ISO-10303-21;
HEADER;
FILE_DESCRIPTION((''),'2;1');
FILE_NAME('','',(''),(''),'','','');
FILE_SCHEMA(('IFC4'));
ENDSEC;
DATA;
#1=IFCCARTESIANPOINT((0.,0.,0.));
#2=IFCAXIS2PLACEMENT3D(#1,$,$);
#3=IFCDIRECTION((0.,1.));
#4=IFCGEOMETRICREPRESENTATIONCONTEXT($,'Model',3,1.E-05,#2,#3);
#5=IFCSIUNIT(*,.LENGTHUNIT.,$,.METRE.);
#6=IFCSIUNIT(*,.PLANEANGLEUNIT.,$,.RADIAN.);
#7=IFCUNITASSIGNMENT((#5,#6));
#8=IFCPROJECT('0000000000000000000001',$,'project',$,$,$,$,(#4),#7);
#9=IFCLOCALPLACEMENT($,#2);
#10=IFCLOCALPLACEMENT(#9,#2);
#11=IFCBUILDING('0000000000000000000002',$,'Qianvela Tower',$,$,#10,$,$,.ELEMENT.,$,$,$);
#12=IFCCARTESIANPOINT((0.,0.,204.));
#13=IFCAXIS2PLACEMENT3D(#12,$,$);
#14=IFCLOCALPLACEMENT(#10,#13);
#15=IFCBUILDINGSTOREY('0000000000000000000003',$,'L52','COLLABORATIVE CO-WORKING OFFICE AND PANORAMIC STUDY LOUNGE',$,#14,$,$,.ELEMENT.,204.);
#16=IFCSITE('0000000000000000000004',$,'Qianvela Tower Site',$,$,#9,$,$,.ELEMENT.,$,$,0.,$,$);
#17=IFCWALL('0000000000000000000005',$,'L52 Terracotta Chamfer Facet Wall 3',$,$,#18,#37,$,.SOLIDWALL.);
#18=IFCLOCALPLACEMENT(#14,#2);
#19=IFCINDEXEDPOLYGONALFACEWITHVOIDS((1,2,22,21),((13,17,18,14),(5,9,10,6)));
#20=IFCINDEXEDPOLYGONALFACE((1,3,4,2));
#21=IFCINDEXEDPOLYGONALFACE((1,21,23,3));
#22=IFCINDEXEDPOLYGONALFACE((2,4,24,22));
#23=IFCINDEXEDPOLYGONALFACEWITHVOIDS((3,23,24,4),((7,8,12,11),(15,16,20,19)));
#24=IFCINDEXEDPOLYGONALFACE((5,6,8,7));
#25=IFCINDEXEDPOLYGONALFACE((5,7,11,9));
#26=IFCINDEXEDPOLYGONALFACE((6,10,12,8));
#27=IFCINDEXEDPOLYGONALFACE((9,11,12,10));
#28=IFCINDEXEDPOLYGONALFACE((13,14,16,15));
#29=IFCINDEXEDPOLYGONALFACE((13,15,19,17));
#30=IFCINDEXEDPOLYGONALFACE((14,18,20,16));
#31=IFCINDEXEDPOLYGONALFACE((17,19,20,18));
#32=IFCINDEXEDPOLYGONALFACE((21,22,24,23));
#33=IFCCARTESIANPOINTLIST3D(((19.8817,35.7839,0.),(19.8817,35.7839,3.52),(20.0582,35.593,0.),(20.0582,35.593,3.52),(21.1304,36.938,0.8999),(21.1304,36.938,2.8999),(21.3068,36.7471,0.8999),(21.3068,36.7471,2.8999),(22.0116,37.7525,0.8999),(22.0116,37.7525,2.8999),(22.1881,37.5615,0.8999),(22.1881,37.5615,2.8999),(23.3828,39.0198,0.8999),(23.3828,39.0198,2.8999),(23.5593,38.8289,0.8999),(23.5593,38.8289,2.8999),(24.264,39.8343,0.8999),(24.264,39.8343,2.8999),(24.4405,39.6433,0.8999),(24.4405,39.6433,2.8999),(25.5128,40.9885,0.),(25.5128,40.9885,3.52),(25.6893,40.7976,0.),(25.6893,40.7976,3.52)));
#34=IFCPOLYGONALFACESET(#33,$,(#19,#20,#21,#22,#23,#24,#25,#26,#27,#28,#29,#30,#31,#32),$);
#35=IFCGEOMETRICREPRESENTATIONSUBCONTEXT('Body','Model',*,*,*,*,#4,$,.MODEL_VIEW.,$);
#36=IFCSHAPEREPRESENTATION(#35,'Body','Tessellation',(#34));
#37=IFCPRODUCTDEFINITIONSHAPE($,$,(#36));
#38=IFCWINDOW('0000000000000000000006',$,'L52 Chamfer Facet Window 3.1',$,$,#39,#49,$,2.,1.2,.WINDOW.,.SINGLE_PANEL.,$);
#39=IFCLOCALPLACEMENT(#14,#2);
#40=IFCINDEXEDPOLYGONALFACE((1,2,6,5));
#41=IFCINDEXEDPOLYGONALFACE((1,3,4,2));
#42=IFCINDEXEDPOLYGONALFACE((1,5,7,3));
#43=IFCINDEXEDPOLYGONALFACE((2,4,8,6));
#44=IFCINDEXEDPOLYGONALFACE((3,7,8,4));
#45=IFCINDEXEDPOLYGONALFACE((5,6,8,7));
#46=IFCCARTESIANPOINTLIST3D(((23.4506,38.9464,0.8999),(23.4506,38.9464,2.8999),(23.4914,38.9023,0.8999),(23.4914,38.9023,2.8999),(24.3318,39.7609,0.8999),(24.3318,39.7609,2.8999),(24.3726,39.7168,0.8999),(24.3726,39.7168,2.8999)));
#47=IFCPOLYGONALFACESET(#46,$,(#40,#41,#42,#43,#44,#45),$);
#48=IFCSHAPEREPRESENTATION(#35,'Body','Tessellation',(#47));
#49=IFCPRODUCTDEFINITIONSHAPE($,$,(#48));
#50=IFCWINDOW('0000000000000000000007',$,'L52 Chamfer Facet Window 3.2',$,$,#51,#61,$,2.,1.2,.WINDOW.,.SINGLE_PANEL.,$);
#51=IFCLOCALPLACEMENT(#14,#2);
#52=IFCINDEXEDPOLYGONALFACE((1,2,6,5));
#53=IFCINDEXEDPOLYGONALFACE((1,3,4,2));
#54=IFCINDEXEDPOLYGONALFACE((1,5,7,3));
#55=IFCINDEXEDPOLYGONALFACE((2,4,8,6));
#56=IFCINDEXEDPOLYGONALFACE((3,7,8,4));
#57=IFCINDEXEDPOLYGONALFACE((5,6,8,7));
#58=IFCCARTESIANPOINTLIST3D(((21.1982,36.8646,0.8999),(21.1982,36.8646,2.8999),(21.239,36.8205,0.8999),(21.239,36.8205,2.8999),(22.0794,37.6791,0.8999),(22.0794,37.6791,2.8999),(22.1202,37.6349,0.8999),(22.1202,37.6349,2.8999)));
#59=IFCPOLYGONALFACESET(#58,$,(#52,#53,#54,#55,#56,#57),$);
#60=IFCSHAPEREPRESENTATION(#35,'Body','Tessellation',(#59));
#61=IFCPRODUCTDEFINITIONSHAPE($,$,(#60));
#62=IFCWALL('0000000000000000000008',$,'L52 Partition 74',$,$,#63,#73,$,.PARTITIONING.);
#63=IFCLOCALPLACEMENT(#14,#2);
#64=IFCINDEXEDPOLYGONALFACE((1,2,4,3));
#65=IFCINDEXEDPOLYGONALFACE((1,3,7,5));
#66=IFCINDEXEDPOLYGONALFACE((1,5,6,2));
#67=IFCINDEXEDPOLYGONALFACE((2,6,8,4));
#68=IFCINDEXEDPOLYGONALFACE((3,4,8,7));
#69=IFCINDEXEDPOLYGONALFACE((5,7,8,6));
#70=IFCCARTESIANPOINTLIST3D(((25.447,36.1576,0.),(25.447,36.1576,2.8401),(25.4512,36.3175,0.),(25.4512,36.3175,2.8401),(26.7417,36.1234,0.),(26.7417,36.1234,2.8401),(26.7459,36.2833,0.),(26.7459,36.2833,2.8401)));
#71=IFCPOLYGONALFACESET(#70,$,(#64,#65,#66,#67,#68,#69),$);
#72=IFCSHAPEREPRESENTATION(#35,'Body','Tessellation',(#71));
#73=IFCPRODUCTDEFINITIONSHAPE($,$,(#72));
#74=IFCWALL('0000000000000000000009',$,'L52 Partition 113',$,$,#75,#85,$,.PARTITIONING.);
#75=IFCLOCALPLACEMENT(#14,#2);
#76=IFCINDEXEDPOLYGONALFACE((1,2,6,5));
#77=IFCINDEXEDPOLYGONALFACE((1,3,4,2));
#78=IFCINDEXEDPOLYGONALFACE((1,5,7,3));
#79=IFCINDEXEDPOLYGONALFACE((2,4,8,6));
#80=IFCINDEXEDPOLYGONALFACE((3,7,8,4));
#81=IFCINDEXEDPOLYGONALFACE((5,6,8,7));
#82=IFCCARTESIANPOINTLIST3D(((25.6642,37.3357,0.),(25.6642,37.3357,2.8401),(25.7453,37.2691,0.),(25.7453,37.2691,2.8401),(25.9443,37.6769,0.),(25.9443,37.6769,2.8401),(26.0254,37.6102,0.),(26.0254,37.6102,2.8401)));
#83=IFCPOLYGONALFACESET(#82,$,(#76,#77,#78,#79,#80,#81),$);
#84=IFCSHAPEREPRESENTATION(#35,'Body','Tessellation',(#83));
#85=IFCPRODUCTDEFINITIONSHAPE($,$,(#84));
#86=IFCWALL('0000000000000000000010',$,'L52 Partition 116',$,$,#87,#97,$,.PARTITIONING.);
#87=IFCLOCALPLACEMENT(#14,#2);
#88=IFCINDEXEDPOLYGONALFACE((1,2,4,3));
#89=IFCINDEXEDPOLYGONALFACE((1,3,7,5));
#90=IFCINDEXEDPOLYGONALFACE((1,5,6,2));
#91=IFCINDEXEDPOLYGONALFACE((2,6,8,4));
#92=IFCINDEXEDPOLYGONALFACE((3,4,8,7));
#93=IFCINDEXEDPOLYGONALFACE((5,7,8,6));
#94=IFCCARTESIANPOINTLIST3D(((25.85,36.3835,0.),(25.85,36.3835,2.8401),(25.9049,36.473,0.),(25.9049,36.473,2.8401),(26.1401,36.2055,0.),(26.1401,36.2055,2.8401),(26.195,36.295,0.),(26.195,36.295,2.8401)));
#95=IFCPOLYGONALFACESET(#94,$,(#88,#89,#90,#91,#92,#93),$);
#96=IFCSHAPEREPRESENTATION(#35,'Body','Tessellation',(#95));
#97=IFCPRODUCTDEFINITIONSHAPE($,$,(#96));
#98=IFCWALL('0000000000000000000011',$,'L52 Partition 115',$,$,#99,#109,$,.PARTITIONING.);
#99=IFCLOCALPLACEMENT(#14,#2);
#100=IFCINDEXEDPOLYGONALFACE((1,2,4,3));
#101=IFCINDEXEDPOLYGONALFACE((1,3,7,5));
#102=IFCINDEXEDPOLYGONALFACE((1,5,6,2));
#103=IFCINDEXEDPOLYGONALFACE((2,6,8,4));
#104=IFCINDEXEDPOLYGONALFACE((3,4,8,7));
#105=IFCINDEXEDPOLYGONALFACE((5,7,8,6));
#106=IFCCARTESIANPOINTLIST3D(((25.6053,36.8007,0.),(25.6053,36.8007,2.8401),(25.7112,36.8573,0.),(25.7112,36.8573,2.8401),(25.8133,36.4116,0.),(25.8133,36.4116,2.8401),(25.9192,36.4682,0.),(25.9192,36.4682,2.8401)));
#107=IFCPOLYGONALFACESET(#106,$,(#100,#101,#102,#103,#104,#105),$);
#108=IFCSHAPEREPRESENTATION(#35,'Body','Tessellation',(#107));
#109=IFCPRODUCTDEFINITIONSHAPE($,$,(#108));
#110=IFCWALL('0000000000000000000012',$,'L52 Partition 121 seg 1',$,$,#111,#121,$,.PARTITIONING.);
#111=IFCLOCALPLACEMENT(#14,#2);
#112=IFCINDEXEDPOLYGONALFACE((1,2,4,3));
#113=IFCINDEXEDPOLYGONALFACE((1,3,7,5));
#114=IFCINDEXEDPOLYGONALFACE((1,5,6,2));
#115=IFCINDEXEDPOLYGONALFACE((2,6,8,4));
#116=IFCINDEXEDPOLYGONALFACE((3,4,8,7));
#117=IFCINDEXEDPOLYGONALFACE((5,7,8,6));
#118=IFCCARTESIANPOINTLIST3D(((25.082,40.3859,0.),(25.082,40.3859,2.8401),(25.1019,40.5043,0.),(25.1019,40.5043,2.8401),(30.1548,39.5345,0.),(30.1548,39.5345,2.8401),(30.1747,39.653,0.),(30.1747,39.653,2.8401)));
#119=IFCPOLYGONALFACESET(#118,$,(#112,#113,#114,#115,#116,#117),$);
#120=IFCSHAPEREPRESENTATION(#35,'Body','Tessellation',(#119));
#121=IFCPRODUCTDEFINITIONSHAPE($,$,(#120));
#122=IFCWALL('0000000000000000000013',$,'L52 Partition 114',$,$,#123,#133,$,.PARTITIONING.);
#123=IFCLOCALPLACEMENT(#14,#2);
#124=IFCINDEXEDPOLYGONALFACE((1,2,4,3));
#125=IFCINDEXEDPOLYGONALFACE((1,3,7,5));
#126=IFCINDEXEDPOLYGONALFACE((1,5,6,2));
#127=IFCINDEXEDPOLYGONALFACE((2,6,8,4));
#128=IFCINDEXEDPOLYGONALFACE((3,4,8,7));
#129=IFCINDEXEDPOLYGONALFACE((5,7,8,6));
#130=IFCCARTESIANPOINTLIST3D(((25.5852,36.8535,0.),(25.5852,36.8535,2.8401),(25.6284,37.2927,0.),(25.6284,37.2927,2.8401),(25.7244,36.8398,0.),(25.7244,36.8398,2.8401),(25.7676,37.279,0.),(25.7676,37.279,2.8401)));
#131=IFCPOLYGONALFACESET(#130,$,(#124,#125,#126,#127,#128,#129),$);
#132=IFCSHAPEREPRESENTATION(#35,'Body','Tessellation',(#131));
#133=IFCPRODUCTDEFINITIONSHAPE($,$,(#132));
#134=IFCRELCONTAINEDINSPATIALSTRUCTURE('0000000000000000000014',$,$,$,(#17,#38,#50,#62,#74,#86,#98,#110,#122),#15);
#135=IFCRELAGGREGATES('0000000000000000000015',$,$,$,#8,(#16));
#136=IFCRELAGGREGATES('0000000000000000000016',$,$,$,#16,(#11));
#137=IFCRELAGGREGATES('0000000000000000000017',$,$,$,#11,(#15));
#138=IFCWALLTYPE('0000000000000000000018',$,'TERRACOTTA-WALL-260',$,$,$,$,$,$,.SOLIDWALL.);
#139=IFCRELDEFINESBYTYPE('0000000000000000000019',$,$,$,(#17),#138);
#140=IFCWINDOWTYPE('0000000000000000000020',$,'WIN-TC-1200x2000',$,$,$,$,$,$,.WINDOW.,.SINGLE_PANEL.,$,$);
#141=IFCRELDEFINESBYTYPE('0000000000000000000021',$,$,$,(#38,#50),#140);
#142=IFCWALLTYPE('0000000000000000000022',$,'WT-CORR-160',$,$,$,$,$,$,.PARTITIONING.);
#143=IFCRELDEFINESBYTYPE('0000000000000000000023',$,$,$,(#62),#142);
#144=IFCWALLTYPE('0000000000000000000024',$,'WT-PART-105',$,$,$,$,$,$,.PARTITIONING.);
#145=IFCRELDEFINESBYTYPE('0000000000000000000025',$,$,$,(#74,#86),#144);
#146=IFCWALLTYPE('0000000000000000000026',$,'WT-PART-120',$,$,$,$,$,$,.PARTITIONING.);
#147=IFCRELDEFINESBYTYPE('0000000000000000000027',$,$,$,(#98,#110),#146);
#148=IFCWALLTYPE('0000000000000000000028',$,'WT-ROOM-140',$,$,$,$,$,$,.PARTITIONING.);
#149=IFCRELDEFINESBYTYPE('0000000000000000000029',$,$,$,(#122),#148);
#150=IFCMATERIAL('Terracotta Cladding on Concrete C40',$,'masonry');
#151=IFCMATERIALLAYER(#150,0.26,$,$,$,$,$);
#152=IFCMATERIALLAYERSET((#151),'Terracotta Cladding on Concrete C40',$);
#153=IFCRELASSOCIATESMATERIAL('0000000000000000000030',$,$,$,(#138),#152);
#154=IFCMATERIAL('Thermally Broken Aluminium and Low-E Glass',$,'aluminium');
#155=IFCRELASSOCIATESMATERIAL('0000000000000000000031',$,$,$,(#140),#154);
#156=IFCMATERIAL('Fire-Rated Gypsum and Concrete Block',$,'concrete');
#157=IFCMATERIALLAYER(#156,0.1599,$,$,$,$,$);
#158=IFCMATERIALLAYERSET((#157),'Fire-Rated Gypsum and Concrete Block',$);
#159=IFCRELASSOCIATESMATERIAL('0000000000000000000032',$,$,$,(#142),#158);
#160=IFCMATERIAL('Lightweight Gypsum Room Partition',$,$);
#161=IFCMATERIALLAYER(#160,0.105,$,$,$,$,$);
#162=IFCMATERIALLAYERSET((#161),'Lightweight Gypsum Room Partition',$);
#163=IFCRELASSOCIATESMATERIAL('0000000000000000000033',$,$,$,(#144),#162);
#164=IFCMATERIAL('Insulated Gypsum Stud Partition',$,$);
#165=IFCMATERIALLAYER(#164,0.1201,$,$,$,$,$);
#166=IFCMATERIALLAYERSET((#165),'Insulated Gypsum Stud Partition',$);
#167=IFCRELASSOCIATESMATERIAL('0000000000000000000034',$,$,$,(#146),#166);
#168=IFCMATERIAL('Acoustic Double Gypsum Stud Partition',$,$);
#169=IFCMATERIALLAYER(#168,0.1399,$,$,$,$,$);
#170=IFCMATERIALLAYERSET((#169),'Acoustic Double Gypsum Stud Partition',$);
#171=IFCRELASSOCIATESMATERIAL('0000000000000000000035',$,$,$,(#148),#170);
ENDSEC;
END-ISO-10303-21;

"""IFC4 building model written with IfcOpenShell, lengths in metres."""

from ifc_helpers import new_model, si_unit, direction, frame, frame_2d, origin, place, context, subcontext, project, spatial, rectangle, extrude, material, layer, layer_set, type_object, element, fill, save


model = new_model("IFC4")

# Units and contexts
model_context = context("Model", 3, precision=1e-05, world=origin(), true_north=direction((0.0, 1.0)))
body_context = subcontext(model_context, "Body", "Model", "MODEL_VIEW")
ifc_project = project(units=[si_unit("LENGTHUNIT", "METRE"), si_unit("PLANEANGLEUNIT", "RADIAN")], contexts=[model_context])

# Site, building, storey
site_placement = place(None, origin())
site = spatial("IfcSite", under=ifc_project, at=site_placement, Name="Qianvela Tower Site", CompositionType="ELEMENT", RefElevation=0.0)
building_placement = place(site_placement, origin())
building = spatial("IfcBuilding", under=site, at=building_placement, Name="Qianvela Tower", CompositionType="ELEMENT")
storey_placement = place(building_placement, frame((0.0, 0.0, 204.0)))
storey = spatial("IfcBuildingStorey", under=building, at=storey_placement, Name="L52", Description="COLLABORATIVE CO-WORKING OFFICE AND PANORAMIC STUDY LOUNGE", CompositionType="ELEMENT", Elevation=204.0)

# Wall, openings, windows
ifc_material_1 = material(Name="Terracotta Cladding on Concrete C40", Category="masonry")
ifc_layer_1 = layer(ifc_material_1, 0.26)
ifc_layer_set_1 = layer_set([ifc_layer_1], Name="Terracotta Cladding on Concrete C40")
wall_type_1 = type_object("IfcWallType", Name="TERRACOTTA-WALL-260", PredefinedType="SOLIDWALL", material=ifc_layer_set_1)
wall_1_placement = place(storey_placement, frame((25.6011, 40.8931, 0.0), z_axis=(0.0, 0.0, 1.0), x_axis=(-0.734371, -0.678748, 0.0)))
wall_1 = element("IfcWall", 1, at=wall_1_placement, inside=storey, type_object=wall_type_1, Name="L52 Terracotta Chamfer Facet Wall 3", PredefinedType="SOLIDWALL", context=body_context, shape_type="SweptSolid", body=[
    extrude(rectangle(XDim=7.668, YDim=0.26, at=frame_2d((3.834, 0.0))), origin(), (0.0, 0.0, 1.0), 3.52),
])
opening_1_placement = place(wall_1_placement, frame((1.7004, 0.0, 0.8999)))
opening_1 = element("IfcOpeningElement", 2, at=opening_1_placement, cuts=wall_1, PredefinedType="OPENING", context=body_context, shape_type="SweptSolid", body=[
    extrude(rectangle(XDim=1.2, YDim=2.0, at=frame_2d((0.6001, 1.0))), frame((0.0, 0.1399, 0.0), z_axis=(0.0, -1.0, 0.0), x_axis=(1.0, 0.0, 0.0)), (0.0, 0.0, 1.0), 0.28),
])
opening_2_placement = place(wall_1_placement, frame((4.7676, 0.0, 0.8999)))
opening_2 = element("IfcOpeningElement", 3, at=opening_2_placement, cuts=wall_1, PredefinedType="OPENING", context=body_context, shape_type="SweptSolid", body=[
    extrude(rectangle(XDim=1.2, YDim=2.0, at=frame_2d((0.6001, 1.0))), frame((0.0, 0.1399, 0.0), z_axis=(0.0, -1.0, 0.0), x_axis=(1.0, 0.0, 0.0)), (0.0, 0.0, 1.0), 0.28),
])
ifc_material_2 = material(Name="Thermally Broken Aluminium and Low-E Glass", Category="aluminium")
window_type = type_object("IfcWindowType", Name="WIN-TC-1200x2000", PartitioningType="SINGLE_PANEL", PredefinedType="WINDOW", material=ifc_material_2)
window_1_placement = place(opening_1_placement, origin())
window_1 = element("IfcWindow", 4, at=window_1_placement, inside=storey, type_object=window_type, Name="L52 Chamfer Facet Window 3.1", OverallHeight=2.0, OverallWidth=1.2, PartitioningType="SINGLE_PANEL", PredefinedType="WINDOW", context=body_context, shape_type="SweptSolid", body=[
    extrude(rectangle(XDim=1.2, YDim=2.0, at=frame_2d((0.6001, 1.0))), frame((0.0, 0.03, 0.0), z_axis=(0.0, -1.0, 0.0), x_axis=(1.0, 0.0, 0.0)), (0.0, 0.0, 1.0), 0.0601),
])
fill(opening_1, window_1)
window_2_placement = place(opening_2_placement, origin())
window_2 = element("IfcWindow", 5, at=window_2_placement, inside=storey, type_object=window_type, Name="L52 Chamfer Facet Window 3.2", OverallHeight=2.0, OverallWidth=1.2, PartitioningType="SINGLE_PANEL", PredefinedType="WINDOW", context=body_context, shape_type="SweptSolid", body=[
    extrude(rectangle(XDim=1.2, YDim=2.0, at=frame_2d((0.6001, 1.0))), frame((0.0, 0.03, 0.0), z_axis=(0.0, -1.0, 0.0), x_axis=(1.0, 0.0, 0.0)), (0.0, 0.0, 1.0), 0.0601),
])
fill(opening_2, window_2)

# Walls
ifc_material_3 = material(Name="Fire-Rated Gypsum and Concrete Block", Category="concrete")
ifc_layer_2 = layer(ifc_material_3, 0.1599)
ifc_layer_set_2 = layer_set([ifc_layer_2], Name="Fire-Rated Gypsum and Concrete Block")
wall_type_2 = type_object("IfcWallType", Name="WT-CORR-160", PredefinedType="PARTITIONING", material=ifc_layer_set_2)
wall_2_placement = place(storey_placement, frame((25.4492, 36.2375, 0.0), z_axis=(0.0, 0.0, 1.0), x_axis=(0.999652, -0.026391, 0.0)))
element("IfcWall", 6, at=wall_2_placement, inside=storey, type_object=wall_type_2, Name="L52 Partition 74", PredefinedType="PARTITIONING", context=body_context, shape_type="SweptSolid", body=[
    extrude(rectangle(XDim=1.2952, YDim=0.1599, at=frame_2d((0.6475, 0.0))), origin(), (0.0, 0.0, 1.0), 2.8401),
])
ifc_material_4 = material(Name="Lightweight Gypsum Room Partition")
ifc_layer_3 = layer(ifc_material_4, 0.105)
ifc_layer_set_3 = layer_set([ifc_layer_3], Name="Lightweight Gypsum Room Partition")
wall_type_3 = type_object("IfcWallType", Name="WT-PART-105", PredefinedType="PARTITIONING", material=ifc_layer_set_3)
wall_3_placement = place(storey_placement, frame((25.9849, 37.6436, 0.0), z_axis=(0.0, 0.0, 1.0), x_axis=(-0.634562, -0.772872, 0.0)))
element("IfcWall", 7, at=wall_3_placement, inside=storey, type_object=wall_type_3, Name="L52 Partition 113", PredefinedType="PARTITIONING", context=body_context, shape_type="SweptSolid", body=[
    extrude(rectangle(XDim=0.4414, YDim=0.105, at=frame_2d((0.2207, 0.0))), origin(), (0.0, 0.0, 1.0), 2.8401),
])
wall_4_placement = place(storey_placement, frame((25.8774, 36.4282, 0.0), z_axis=(0.0, 0.0, 1.0), x_axis=(0.852323, -0.523016, 0.0)))
element("IfcWall", 8, at=wall_4_placement, inside=storey, type_object=wall_type_3, Name="L52 Partition 116", PredefinedType="PARTITIONING", context=body_context, shape_type="SweptSolid", body=[
    extrude(rectangle(XDim=0.3403, YDim=0.105, at=frame_2d((0.1702, 0.0))), origin(), (0.0, 0.0, 1.0), 2.8401),
])
ifc_material_5 = material(Name="Insulated Gypsum Stud Partition")
ifc_layer_4 = layer(ifc_material_5, 0.1201)
ifc_layer_set_4 = layer_set([ifc_layer_4], Name="Insulated Gypsum Stud Partition")
wall_type_4 = type_object("IfcWallType", Name="WT-PART-120", PredefinedType="PARTITIONING", material=ifc_layer_set_4)
wall_5_placement = place(storey_placement, frame((25.6582, 36.8291, 0.0), z_axis=(0.0, 0.0, 1.0), x_axis=(0.471392, -0.881924, 0.0)))
element("IfcWall", 9, at=wall_5_placement, inside=storey, type_object=wall_type_4, Name="L52 Partition 115", PredefinedType="PARTITIONING", context=body_context, shape_type="SweptSolid", body=[
    extrude(rectangle(XDim=0.4412, YDim=0.1201, at=frame_2d((0.2207, 0.0))), origin(), (0.0, 0.0, 1.0), 2.8401),
])
wall_6_placement = place(storey_placement, frame((25.092, 40.4451, 0.0), z_axis=(0.0, 0.0, 1.0), x_axis=(0.986209, -0.165507, 0.0)))
element("IfcWall", 10, at=wall_6_placement, inside=storey, type_object=wall_type_4, Name="L52 Partition 121 seg 1", PredefinedType="PARTITIONING", context=body_context, shape_type="SweptSolid", body=[
    extrude(rectangle(XDim=5.1438, YDim=0.1201, at=frame_2d((2.5718, 0.0))), origin(), (0.0, 0.0, 1.0), 2.8401),
])
ifc_material_6 = material(Name="Acoustic Double Gypsum Stud Partition")
ifc_layer_5 = layer(ifc_material_6, 0.1399)
ifc_layer_set_5 = layer_set([ifc_layer_5], Name="Acoustic Double Gypsum Stud Partition")
wall_type_5 = type_object("IfcWallType", Name="WT-ROOM-140", PredefinedType="PARTITIONING", material=ifc_layer_set_5)
wall_7_placement = place(storey_placement, frame((25.698, 37.2859, 0.0), z_axis=(0.0, 0.0, 1.0), x_axis=(-0.097915, -0.995195, 0.0)))
element("IfcWall", 11, at=wall_7_placement, inside=storey, type_object=wall_type_5, Name="L52 Partition 114", PredefinedType="PARTITIONING", context=body_context, shape_type="SweptSolid", body=[
    extrude(rectangle(XDim=0.4414, YDim=0.1399, at=frame_2d((0.2207, 0.0))), origin(), (0.0, 0.0, 1.0), 2.8401),
])

save(model, "model.ifc")
